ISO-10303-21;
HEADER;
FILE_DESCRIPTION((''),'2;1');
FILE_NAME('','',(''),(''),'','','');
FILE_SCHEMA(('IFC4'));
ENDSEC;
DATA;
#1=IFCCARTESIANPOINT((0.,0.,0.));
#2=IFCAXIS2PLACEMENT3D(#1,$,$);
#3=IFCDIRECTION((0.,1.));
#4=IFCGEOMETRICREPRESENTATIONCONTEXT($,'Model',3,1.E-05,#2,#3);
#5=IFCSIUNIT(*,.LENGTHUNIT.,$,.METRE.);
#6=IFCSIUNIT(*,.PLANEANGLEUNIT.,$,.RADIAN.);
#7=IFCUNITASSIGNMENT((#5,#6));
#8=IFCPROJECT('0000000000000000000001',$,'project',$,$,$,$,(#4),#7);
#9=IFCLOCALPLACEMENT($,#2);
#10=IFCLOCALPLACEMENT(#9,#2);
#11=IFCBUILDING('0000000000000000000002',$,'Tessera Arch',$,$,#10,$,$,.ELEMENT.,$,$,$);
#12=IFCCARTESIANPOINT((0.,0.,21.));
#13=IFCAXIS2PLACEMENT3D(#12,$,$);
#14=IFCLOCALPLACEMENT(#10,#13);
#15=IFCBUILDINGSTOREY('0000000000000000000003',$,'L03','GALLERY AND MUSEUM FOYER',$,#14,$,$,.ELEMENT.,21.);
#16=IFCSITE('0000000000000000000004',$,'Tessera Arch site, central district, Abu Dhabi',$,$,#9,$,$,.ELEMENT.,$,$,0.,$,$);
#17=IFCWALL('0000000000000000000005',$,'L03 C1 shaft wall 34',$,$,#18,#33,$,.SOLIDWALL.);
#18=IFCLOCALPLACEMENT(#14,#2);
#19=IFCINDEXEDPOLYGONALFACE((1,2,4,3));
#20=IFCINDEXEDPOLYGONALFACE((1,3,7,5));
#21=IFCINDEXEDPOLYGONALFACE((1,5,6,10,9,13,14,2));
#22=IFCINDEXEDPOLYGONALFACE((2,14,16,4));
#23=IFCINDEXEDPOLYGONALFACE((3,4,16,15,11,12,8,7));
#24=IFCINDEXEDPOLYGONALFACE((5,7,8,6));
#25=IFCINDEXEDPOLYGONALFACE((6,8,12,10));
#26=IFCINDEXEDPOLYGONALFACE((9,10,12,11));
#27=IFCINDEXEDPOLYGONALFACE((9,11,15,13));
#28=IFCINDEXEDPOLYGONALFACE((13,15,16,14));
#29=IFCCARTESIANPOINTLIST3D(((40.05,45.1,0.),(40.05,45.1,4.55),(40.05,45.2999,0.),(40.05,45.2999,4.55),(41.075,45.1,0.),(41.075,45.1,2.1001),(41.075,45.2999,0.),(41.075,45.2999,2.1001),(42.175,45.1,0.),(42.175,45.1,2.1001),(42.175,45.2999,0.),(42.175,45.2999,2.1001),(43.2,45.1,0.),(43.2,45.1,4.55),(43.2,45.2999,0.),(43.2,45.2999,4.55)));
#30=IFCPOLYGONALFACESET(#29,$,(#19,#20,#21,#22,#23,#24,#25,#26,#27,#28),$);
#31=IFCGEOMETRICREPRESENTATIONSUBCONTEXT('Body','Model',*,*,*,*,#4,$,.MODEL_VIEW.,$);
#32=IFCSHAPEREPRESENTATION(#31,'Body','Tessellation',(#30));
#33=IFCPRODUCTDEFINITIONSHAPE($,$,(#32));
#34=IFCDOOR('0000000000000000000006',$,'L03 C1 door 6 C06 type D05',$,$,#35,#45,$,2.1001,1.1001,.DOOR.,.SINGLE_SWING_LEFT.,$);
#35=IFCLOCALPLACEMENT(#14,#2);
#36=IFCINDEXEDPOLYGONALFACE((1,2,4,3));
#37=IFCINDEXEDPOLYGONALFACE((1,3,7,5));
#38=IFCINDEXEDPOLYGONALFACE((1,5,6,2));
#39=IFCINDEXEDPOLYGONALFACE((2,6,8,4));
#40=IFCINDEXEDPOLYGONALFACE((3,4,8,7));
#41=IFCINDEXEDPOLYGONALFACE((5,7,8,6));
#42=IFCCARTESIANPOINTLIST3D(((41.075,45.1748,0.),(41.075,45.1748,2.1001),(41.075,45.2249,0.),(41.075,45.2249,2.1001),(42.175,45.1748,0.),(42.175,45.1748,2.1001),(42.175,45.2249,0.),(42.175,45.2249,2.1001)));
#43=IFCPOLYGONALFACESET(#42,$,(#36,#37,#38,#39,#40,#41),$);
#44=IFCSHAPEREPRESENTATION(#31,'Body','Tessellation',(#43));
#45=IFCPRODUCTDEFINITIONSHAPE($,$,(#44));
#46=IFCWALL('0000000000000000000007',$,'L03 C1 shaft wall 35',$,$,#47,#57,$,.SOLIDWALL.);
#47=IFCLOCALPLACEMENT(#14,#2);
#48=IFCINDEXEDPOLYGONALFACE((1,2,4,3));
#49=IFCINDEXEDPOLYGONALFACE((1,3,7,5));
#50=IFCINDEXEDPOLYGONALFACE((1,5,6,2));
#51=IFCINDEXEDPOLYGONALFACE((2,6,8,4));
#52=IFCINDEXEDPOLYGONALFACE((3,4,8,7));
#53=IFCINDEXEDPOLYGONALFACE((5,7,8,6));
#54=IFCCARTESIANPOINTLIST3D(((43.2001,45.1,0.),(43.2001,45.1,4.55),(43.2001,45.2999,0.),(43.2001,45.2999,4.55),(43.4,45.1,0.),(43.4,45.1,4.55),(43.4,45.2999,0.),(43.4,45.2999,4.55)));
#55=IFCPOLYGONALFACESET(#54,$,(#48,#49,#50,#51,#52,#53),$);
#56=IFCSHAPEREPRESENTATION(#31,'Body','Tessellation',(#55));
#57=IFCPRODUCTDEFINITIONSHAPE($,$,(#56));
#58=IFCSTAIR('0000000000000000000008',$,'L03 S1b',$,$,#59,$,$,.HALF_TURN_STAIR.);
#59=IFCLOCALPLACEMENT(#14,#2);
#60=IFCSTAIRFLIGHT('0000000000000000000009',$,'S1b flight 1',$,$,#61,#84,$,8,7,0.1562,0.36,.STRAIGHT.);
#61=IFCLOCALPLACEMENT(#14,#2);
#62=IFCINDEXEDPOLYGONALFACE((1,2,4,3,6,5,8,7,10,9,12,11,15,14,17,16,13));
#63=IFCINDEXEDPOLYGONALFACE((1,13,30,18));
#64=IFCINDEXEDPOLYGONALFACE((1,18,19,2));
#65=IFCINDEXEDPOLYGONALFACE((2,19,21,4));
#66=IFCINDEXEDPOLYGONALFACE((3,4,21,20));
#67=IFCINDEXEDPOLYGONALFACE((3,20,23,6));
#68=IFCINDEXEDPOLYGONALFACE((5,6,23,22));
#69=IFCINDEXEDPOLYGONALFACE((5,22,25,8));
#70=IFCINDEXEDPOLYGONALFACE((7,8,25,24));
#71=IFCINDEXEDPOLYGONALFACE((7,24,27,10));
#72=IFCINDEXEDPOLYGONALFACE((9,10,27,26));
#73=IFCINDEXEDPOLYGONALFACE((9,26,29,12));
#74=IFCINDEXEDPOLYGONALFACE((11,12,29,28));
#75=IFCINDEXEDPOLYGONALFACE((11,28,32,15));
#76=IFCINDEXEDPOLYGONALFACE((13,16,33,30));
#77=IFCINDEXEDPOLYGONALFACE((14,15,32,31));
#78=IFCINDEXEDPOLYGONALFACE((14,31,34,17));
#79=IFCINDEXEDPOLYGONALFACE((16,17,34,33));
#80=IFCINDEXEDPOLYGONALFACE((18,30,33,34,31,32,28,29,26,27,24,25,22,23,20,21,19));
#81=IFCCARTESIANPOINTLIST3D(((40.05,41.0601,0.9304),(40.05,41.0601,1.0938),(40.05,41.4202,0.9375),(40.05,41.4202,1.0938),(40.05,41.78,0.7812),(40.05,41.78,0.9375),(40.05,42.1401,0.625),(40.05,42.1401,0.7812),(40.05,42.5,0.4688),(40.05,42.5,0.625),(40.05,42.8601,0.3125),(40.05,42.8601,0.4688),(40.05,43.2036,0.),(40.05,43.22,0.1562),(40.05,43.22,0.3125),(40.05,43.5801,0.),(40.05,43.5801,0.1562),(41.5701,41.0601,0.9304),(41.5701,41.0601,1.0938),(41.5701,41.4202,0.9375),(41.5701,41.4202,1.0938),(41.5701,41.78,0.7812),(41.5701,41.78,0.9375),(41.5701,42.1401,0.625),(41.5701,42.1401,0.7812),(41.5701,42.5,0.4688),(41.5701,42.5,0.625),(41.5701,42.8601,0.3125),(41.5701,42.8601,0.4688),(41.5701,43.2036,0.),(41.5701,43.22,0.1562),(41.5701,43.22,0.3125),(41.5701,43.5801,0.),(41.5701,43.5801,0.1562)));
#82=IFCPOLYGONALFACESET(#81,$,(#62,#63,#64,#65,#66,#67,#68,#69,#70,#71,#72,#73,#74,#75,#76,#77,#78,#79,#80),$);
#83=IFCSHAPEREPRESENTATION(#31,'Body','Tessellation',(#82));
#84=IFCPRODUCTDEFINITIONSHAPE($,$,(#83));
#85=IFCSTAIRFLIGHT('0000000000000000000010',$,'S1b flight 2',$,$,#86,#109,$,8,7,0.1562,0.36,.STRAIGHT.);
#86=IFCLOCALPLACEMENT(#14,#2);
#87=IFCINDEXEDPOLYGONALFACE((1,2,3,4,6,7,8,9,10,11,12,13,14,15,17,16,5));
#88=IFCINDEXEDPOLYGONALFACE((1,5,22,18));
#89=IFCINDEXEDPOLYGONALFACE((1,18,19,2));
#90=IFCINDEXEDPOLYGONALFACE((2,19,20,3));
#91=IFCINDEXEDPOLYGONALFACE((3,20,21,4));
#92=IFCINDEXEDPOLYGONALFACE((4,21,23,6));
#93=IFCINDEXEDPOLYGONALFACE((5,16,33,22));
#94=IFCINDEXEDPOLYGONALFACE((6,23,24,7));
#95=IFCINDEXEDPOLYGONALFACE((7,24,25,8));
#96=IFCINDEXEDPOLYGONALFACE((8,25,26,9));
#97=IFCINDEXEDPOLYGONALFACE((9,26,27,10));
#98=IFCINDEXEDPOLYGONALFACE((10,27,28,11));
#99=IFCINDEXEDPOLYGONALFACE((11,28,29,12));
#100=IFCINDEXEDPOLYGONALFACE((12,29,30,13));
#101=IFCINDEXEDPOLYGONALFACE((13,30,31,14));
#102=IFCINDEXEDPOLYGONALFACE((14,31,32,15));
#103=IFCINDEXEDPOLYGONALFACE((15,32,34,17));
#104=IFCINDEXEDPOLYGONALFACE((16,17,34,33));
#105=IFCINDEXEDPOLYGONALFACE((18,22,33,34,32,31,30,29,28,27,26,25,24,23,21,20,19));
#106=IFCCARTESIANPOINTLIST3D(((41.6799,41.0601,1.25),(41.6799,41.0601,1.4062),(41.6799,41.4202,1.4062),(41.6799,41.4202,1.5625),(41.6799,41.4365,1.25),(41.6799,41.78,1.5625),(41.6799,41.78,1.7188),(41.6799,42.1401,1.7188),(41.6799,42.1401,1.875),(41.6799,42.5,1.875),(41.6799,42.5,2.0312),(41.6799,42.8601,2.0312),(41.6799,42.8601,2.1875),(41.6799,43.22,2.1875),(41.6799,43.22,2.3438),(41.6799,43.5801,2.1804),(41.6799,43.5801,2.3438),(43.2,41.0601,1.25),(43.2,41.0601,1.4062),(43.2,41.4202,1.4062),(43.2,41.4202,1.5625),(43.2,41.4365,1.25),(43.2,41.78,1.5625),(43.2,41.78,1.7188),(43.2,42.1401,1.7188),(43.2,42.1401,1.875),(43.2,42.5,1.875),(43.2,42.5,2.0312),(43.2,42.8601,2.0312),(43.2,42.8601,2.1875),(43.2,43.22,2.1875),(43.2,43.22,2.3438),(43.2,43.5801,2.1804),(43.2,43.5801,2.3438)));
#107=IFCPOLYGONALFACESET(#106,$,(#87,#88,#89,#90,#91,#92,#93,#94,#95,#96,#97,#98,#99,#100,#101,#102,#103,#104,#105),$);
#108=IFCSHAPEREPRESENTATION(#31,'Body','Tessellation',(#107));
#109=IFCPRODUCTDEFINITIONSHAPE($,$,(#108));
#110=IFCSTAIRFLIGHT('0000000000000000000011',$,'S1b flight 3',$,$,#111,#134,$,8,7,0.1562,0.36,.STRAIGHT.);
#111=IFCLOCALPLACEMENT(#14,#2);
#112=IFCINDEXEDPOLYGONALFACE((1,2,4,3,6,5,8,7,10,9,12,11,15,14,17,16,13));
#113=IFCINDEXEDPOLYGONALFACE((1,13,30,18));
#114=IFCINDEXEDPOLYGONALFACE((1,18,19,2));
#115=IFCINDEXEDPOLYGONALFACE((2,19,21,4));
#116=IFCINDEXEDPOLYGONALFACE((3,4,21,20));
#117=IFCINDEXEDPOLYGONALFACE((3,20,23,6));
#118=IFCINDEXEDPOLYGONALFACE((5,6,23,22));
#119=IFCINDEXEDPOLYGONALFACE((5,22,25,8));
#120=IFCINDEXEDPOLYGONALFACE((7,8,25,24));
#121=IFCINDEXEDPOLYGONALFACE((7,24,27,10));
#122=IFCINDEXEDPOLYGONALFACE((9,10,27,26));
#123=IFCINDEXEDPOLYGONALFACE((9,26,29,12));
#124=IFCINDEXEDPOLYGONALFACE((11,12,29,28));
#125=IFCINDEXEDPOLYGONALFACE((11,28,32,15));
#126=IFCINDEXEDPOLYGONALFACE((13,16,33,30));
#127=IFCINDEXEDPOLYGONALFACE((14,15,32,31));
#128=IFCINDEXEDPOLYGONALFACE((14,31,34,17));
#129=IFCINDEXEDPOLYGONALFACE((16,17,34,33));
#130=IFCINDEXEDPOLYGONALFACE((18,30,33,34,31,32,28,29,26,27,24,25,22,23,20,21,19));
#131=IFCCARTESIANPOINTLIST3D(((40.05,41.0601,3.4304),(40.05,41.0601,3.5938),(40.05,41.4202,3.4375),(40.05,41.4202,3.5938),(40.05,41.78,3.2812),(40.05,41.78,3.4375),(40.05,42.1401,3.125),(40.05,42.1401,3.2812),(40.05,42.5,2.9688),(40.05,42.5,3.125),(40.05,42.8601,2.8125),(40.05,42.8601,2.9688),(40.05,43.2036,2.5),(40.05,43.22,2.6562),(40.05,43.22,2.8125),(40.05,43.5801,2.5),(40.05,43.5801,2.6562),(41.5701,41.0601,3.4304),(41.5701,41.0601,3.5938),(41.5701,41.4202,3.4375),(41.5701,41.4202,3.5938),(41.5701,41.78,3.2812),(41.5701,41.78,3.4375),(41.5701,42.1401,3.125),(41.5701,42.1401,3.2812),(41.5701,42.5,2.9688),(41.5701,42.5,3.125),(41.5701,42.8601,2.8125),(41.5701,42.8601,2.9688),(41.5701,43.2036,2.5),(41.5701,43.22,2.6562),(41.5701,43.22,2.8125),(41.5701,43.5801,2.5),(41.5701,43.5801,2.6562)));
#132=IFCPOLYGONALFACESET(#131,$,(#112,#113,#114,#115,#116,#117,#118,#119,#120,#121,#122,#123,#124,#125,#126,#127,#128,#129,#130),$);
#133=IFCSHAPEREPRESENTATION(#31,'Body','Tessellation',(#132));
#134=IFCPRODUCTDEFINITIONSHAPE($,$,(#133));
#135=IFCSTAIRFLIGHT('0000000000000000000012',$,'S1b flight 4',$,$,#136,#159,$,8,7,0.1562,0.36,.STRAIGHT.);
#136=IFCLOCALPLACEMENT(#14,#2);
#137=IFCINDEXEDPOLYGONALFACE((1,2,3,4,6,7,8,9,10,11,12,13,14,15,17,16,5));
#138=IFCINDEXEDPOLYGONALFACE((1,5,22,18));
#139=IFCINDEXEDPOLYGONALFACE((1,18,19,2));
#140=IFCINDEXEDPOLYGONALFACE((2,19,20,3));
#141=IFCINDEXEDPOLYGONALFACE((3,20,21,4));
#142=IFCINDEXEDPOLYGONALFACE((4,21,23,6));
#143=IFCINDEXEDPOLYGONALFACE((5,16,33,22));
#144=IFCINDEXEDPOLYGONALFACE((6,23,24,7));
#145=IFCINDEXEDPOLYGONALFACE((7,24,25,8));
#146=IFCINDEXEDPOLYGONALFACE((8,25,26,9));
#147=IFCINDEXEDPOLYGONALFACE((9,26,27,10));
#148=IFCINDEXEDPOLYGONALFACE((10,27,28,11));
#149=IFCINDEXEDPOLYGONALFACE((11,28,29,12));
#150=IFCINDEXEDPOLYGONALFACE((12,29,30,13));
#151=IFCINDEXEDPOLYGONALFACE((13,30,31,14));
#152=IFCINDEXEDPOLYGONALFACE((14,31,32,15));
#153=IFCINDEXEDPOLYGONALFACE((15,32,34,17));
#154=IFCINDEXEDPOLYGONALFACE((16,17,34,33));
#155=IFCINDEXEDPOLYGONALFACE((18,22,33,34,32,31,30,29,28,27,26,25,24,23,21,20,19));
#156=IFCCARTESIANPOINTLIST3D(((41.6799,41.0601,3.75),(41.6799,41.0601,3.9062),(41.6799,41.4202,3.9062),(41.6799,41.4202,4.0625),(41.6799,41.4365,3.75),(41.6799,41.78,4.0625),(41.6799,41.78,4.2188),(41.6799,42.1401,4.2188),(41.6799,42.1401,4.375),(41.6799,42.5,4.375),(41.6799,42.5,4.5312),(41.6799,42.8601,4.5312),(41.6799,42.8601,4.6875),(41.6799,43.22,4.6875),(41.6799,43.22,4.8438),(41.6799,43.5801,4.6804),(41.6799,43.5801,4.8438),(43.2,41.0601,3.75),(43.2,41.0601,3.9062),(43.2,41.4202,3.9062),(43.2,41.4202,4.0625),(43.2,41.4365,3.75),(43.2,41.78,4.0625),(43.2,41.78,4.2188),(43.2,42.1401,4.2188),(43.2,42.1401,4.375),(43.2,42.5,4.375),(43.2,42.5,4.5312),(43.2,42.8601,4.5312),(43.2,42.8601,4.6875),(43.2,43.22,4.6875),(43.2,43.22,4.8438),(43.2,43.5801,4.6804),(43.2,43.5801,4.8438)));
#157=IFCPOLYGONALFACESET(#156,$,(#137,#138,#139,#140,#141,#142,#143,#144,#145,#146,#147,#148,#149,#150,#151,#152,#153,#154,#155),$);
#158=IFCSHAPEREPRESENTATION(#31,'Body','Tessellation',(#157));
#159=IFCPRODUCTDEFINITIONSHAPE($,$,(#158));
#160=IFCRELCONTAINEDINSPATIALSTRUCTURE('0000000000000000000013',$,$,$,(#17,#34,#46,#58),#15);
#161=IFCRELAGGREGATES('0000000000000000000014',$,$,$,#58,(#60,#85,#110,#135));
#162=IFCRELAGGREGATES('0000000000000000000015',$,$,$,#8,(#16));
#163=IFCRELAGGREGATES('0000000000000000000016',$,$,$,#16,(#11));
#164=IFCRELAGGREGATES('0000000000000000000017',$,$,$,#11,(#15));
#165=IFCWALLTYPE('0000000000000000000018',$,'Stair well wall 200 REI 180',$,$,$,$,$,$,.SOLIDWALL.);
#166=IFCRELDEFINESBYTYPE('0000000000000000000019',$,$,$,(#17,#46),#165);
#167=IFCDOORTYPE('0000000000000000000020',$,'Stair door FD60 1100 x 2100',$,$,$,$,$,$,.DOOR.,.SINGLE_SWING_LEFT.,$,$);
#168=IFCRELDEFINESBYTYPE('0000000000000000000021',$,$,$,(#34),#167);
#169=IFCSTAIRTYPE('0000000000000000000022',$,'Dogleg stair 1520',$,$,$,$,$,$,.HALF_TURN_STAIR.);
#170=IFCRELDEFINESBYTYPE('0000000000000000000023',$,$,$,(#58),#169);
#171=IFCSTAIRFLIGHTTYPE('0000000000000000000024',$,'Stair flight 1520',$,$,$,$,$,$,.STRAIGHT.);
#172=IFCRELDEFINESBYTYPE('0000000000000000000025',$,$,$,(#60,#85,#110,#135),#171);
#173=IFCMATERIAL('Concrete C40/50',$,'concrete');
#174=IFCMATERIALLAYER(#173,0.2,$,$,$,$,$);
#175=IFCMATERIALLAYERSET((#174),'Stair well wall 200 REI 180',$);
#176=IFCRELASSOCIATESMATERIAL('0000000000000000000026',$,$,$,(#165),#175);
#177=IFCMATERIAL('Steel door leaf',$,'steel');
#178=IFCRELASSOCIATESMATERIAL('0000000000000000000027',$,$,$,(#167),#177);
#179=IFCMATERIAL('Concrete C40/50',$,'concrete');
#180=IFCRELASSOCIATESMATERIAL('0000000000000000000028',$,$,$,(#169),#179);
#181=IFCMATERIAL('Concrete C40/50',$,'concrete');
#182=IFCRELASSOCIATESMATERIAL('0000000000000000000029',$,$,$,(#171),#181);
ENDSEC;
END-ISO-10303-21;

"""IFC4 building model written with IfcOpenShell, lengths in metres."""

from ifc_helpers import new_model, si_unit, direction, frame, frame_2d, origin, place, context, subcontext, project, spatial, polyline, rectangle, outline, extrude, material, layer, layer_set, type_object, element, fill, aggregate, save


model = new_model("IFC4")

# Units and contexts
model_context = context("Model", 3, precision=1e-05, world=origin(), true_north=direction((0.0, 1.0)))
body_context = subcontext(model_context, "Body", "Model", "MODEL_VIEW")
ifc_project = project(units=[si_unit("LENGTHUNIT", "METRE"), si_unit("PLANEANGLEUNIT", "RADIAN")], contexts=[model_context])

# Site, building, storey
site_placement = place(None, origin())
site = spatial("IfcSite", under=ifc_project, at=site_placement, Name="Tessera Arch site, central district, Abu Dhabi", CompositionType="ELEMENT", RefElevation=0.0)
building_placement = place(site_placement, origin())
building = spatial("IfcBuilding", under=site, at=building_placement, Name="Tessera Arch", CompositionType="ELEMENT")
storey_placement = place(building_placement, frame((0.0, 0.0, 21.0)))
storey = spatial("IfcBuildingStorey", under=building, at=storey_placement, Name="L03", Description="GALLERY AND MUSEUM FOYER", CompositionType="ELEMENT", Elevation=21.0)

# Shared definitions
ifc_material_1 = material(Name="Concrete C40/50", Category="concrete")
ifc_layer_1 = layer(ifc_material_1, 0.2)
ifc_layer_set_1 = layer_set([ifc_layer_1], Name="Stair well wall 200 REI 180")
wall_type_1 = type_object("IfcWallType", Name="Stair well wall 200 REI 180", PredefinedType="SOLIDWALL", material=ifc_layer_set_1)

# Wall, opening, door
wall_1_placement = place(storey_placement, frame((40.05, 45.2, 0.0), z_axis=(0.0, 0.0, 1.0), x_axis=(1.0, 0.0, 0.0)))
wall_1 = element("IfcWall", 1, at=wall_1_placement, inside=storey, type_object=wall_type_1, Name="L03 C1 shaft wall 34", PredefinedType="SOLIDWALL", context=body_context, shape_type="SweptSolid", body=[
    extrude(rectangle(XDim=3.1499, YDim=0.2, at=frame_2d((1.575, 0.0))), origin(), (0.0, 0.0, 1.0), 4.55),
])
opening_placement = place(wall_1_placement, frame((1.0249, 0.0, 0.0)))
opening = element("IfcOpeningElement", 2, at=opening_placement, cuts=wall_1, PredefinedType="OPENING", context=body_context, shape_type="SweptSolid", body=[
    extrude(rectangle(XDim=1.1001, YDim=2.1001, at=frame_2d((0.55, 1.05))), frame((0.0, 0.1099, 0.0), z_axis=(0.0, -1.0, 0.0), x_axis=(1.0, 0.0, 0.0)), (0.0, 0.0, 1.0), 0.22),
])
ifc_material_2 = material(Name="Steel door leaf", Category="steel")
door_type = type_object("IfcDoorType", Name="Stair door FD60 1100 x 2100", OperationType="SINGLE_SWING_LEFT", PredefinedType="DOOR", material=ifc_material_2)
door_placement = place(opening_placement, origin())
door = element("IfcDoor", 3, at=door_placement, inside=storey, type_object=door_type, Name="L03 C1 door 6 C06 type D05", OperationType="SINGLE_SWING_LEFT", OverallHeight=2.1001, OverallWidth=1.1001, PredefinedType="DOOR", context=body_context, shape_type="SweptSolid", body=[
    extrude(rectangle(XDim=1.1001, YDim=2.1001, at=frame_2d((0.55, 1.05))), frame((0.0, 0.0249, 0.0), z_axis=(0.0, -1.0, 0.0), x_axis=(1.0, 0.0, 0.0)), (0.0, 0.0, 1.0), 0.05),
])
fill(opening, door)

# Wall
wall_2_placement = place(storey_placement, frame((43.2, 45.2, 0.0), z_axis=(0.0, 0.0, 1.0), x_axis=(1.0, 0.0, 0.0)))
element("IfcWall", 4, at=wall_2_placement, inside=storey, type_object=wall_type_1, Name="L03 C1 shaft wall 35", PredefinedType="SOLIDWALL", context=body_context, shape_type="SweptSolid", body=[
    extrude(rectangle(XDim=0.2, YDim=0.2, at=frame_2d((0.1001, 0.0))), origin(), (0.0, 0.0, 1.0), 4.55),
])

# Stair, stair flights
ifc_material_3 = material(Name="Concrete C40/50", Category="concrete")
stair_type = type_object("IfcStairType", Name="Dogleg stair 1520", PredefinedType="HALF_TURN_STAIR", material=ifc_material_3)
stair_1_placement = place(storey_placement, origin())
stair_1 = element("IfcStair", 5, at=stair_1_placement, inside=storey, type_object=stair_type, Name="L03 S1b", PredefinedType="HALF_TURN_STAIR")
ifc_material_4 = material(Name="Concrete C40/50", Category="concrete")
stair_flight_type = type_object("IfcStairFlightType", Name="Stair flight 1520", PredefinedType="STRAIGHT", material=ifc_material_4)
stair_flight_1_placement = place(storey_placement, frame((40.8101, 43.5801, 0.0), z_axis=(0.0, 0.0, 1.0), x_axis=(0.0, -1.0, 0.0)))
stair_flight_1 = element("IfcStairFlight", 6, at=stair_flight_1_placement, type_object=stair_flight_type, Name="S1b flight 1", NumberOfRisers=8, NumberOfTreads=7, PredefinedType="STRAIGHT", RiserHeight=0.1562, TreadLength=0.36, context=body_context, shape_type="SweptSolid", body=[
    extrude(outline(polyline([(0.0, 0.0), (0.0, 0.1562), (0.3601, 0.1562), (0.3601, 0.3125), (0.72, 0.3125), (0.72, 0.4688), (1.0801, 0.4688), (1.0801, 0.625), (1.4399, 0.625), (1.4399, 0.7812), (1.8, 0.7812), (1.8, 0.9375), (2.1599, 0.9375), (2.1599, 1.0938), (2.52, 1.0938), (2.52, 1.25), (2.52, 0.9304), (0.3765, 0.0), (0.0, 0.0)])), frame((0.0, 0.76, 0.0), z_axis=(0.0, -1.0, 0.0), x_axis=(1.0, 0.0, 0.0)), (0.0, 0.0, 1.0), 1.52),
])
stair_flight_2_placement = place(storey_placement, frame((42.4399, 41.0601, 1.25), z_axis=(0.0, 0.0, 1.0), x_axis=(0.0, 1.0, 0.0)))
stair_flight_2 = element("IfcStairFlight", 7, at=stair_flight_2_placement, type_object=stair_flight_type, Name="S1b flight 2", NumberOfRisers=8, NumberOfTreads=7, PredefinedType="STRAIGHT", RiserHeight=0.1562, TreadLength=0.36, context=body_context, shape_type="SweptSolid", body=[
    extrude(outline(polyline([(0.0, 0.0), (0.0, 0.1562), (0.3601, 0.1562), (0.3601, 0.3125), (0.72, 0.3125), (0.72, 0.4688), (1.0801, 0.4688), (1.0801, 0.625), (1.4399, 0.625), (1.4399, 0.7812), (1.8, 0.7812), (1.8, 0.9375), (2.1599, 0.9375), (2.1599, 1.0938), (2.52, 1.0938), (2.52, 1.25), (2.52, 0.9304), (0.3765, 0.0), (0.0, 0.0)])), frame((0.0, 0.76, 0.0), z_axis=(0.0, -1.0, 0.0), x_axis=(1.0, 0.0, 0.0)), (0.0, 0.0, 1.0), 1.52),
])
stair_flight_3_placement = place(storey_placement, frame((40.8101, 43.5801, 2.5), z_axis=(0.0, 0.0, 1.0), x_axis=(0.0, -1.0, 0.0)))
stair_flight_3 = element("IfcStairFlight", 8, at=stair_flight_3_placement, type_object=stair_flight_type, Name="S1b flight 3", NumberOfRisers=8, NumberOfTreads=7, PredefinedType="STRAIGHT", RiserHeight=0.1562, TreadLength=0.36, context=body_context, shape_type="SweptSolid", body=[
    extrude(outline(polyline([(0.0, 0.0), (0.0, 0.1562), (0.3601, 0.1562), (0.3601, 0.3125), (0.72, 0.3125), (0.72, 0.4688), (1.0801, 0.4688), (1.0801, 0.625), (1.4399, 0.625), (1.4399, 0.7812), (1.8, 0.7812), (1.8, 0.9375), (2.1599, 0.9375), (2.1599, 1.0938), (2.52, 1.0938), (2.52, 1.25), (2.52, 0.9304), (0.3765, 0.0), (0.0, 0.0)])), frame((0.0, 0.76, 0.0), z_axis=(0.0, -1.0, 0.0), x_axis=(1.0, 0.0, 0.0)), (0.0, 0.0, 1.0), 1.52),
])
stair_flight_4_placement = place(storey_placement, frame((42.4399, 41.0601, 3.75), z_axis=(0.0, 0.0, 1.0), x_axis=(0.0, 1.0, 0.0)))
stair_flight_4 = element("IfcStairFlight", 9, at=stair_flight_4_placement, type_object=stair_flight_type, Name="S1b flight 4", NumberOfRisers=8, NumberOfTreads=7, PredefinedType="STRAIGHT", RiserHeight=0.1562, TreadLength=0.36, context=body_context, shape_type="SweptSolid", body=[
    extrude(outline(polyline([(0.0, 0.0), (0.0, 0.1562), (0.3601, 0.1562), (0.3601, 0.3125), (0.72, 0.3125), (0.72, 0.4688), (1.0801, 0.4688), (1.0801, 0.625), (1.4399, 0.625), (1.4399, 0.7812), (1.8, 0.7812), (1.8, 0.9375), (2.1599, 0.9375), (2.1599, 1.0938), (2.52, 1.0938), (2.52, 1.25), (2.52, 0.9304), (0.3765, 0.0), (0.0, 0.0)])), frame((0.0, 0.76, 0.0), z_axis=(0.0, -1.0, 0.0), x_axis=(1.0, 0.0, 0.0)), (0.0, 0.0, 1.0), 1.52),
])
aggregate(stair_1, [stair_flight_1, stair_flight_2, stair_flight_3, stair_flight_4])

save(model, "model.ifc")
